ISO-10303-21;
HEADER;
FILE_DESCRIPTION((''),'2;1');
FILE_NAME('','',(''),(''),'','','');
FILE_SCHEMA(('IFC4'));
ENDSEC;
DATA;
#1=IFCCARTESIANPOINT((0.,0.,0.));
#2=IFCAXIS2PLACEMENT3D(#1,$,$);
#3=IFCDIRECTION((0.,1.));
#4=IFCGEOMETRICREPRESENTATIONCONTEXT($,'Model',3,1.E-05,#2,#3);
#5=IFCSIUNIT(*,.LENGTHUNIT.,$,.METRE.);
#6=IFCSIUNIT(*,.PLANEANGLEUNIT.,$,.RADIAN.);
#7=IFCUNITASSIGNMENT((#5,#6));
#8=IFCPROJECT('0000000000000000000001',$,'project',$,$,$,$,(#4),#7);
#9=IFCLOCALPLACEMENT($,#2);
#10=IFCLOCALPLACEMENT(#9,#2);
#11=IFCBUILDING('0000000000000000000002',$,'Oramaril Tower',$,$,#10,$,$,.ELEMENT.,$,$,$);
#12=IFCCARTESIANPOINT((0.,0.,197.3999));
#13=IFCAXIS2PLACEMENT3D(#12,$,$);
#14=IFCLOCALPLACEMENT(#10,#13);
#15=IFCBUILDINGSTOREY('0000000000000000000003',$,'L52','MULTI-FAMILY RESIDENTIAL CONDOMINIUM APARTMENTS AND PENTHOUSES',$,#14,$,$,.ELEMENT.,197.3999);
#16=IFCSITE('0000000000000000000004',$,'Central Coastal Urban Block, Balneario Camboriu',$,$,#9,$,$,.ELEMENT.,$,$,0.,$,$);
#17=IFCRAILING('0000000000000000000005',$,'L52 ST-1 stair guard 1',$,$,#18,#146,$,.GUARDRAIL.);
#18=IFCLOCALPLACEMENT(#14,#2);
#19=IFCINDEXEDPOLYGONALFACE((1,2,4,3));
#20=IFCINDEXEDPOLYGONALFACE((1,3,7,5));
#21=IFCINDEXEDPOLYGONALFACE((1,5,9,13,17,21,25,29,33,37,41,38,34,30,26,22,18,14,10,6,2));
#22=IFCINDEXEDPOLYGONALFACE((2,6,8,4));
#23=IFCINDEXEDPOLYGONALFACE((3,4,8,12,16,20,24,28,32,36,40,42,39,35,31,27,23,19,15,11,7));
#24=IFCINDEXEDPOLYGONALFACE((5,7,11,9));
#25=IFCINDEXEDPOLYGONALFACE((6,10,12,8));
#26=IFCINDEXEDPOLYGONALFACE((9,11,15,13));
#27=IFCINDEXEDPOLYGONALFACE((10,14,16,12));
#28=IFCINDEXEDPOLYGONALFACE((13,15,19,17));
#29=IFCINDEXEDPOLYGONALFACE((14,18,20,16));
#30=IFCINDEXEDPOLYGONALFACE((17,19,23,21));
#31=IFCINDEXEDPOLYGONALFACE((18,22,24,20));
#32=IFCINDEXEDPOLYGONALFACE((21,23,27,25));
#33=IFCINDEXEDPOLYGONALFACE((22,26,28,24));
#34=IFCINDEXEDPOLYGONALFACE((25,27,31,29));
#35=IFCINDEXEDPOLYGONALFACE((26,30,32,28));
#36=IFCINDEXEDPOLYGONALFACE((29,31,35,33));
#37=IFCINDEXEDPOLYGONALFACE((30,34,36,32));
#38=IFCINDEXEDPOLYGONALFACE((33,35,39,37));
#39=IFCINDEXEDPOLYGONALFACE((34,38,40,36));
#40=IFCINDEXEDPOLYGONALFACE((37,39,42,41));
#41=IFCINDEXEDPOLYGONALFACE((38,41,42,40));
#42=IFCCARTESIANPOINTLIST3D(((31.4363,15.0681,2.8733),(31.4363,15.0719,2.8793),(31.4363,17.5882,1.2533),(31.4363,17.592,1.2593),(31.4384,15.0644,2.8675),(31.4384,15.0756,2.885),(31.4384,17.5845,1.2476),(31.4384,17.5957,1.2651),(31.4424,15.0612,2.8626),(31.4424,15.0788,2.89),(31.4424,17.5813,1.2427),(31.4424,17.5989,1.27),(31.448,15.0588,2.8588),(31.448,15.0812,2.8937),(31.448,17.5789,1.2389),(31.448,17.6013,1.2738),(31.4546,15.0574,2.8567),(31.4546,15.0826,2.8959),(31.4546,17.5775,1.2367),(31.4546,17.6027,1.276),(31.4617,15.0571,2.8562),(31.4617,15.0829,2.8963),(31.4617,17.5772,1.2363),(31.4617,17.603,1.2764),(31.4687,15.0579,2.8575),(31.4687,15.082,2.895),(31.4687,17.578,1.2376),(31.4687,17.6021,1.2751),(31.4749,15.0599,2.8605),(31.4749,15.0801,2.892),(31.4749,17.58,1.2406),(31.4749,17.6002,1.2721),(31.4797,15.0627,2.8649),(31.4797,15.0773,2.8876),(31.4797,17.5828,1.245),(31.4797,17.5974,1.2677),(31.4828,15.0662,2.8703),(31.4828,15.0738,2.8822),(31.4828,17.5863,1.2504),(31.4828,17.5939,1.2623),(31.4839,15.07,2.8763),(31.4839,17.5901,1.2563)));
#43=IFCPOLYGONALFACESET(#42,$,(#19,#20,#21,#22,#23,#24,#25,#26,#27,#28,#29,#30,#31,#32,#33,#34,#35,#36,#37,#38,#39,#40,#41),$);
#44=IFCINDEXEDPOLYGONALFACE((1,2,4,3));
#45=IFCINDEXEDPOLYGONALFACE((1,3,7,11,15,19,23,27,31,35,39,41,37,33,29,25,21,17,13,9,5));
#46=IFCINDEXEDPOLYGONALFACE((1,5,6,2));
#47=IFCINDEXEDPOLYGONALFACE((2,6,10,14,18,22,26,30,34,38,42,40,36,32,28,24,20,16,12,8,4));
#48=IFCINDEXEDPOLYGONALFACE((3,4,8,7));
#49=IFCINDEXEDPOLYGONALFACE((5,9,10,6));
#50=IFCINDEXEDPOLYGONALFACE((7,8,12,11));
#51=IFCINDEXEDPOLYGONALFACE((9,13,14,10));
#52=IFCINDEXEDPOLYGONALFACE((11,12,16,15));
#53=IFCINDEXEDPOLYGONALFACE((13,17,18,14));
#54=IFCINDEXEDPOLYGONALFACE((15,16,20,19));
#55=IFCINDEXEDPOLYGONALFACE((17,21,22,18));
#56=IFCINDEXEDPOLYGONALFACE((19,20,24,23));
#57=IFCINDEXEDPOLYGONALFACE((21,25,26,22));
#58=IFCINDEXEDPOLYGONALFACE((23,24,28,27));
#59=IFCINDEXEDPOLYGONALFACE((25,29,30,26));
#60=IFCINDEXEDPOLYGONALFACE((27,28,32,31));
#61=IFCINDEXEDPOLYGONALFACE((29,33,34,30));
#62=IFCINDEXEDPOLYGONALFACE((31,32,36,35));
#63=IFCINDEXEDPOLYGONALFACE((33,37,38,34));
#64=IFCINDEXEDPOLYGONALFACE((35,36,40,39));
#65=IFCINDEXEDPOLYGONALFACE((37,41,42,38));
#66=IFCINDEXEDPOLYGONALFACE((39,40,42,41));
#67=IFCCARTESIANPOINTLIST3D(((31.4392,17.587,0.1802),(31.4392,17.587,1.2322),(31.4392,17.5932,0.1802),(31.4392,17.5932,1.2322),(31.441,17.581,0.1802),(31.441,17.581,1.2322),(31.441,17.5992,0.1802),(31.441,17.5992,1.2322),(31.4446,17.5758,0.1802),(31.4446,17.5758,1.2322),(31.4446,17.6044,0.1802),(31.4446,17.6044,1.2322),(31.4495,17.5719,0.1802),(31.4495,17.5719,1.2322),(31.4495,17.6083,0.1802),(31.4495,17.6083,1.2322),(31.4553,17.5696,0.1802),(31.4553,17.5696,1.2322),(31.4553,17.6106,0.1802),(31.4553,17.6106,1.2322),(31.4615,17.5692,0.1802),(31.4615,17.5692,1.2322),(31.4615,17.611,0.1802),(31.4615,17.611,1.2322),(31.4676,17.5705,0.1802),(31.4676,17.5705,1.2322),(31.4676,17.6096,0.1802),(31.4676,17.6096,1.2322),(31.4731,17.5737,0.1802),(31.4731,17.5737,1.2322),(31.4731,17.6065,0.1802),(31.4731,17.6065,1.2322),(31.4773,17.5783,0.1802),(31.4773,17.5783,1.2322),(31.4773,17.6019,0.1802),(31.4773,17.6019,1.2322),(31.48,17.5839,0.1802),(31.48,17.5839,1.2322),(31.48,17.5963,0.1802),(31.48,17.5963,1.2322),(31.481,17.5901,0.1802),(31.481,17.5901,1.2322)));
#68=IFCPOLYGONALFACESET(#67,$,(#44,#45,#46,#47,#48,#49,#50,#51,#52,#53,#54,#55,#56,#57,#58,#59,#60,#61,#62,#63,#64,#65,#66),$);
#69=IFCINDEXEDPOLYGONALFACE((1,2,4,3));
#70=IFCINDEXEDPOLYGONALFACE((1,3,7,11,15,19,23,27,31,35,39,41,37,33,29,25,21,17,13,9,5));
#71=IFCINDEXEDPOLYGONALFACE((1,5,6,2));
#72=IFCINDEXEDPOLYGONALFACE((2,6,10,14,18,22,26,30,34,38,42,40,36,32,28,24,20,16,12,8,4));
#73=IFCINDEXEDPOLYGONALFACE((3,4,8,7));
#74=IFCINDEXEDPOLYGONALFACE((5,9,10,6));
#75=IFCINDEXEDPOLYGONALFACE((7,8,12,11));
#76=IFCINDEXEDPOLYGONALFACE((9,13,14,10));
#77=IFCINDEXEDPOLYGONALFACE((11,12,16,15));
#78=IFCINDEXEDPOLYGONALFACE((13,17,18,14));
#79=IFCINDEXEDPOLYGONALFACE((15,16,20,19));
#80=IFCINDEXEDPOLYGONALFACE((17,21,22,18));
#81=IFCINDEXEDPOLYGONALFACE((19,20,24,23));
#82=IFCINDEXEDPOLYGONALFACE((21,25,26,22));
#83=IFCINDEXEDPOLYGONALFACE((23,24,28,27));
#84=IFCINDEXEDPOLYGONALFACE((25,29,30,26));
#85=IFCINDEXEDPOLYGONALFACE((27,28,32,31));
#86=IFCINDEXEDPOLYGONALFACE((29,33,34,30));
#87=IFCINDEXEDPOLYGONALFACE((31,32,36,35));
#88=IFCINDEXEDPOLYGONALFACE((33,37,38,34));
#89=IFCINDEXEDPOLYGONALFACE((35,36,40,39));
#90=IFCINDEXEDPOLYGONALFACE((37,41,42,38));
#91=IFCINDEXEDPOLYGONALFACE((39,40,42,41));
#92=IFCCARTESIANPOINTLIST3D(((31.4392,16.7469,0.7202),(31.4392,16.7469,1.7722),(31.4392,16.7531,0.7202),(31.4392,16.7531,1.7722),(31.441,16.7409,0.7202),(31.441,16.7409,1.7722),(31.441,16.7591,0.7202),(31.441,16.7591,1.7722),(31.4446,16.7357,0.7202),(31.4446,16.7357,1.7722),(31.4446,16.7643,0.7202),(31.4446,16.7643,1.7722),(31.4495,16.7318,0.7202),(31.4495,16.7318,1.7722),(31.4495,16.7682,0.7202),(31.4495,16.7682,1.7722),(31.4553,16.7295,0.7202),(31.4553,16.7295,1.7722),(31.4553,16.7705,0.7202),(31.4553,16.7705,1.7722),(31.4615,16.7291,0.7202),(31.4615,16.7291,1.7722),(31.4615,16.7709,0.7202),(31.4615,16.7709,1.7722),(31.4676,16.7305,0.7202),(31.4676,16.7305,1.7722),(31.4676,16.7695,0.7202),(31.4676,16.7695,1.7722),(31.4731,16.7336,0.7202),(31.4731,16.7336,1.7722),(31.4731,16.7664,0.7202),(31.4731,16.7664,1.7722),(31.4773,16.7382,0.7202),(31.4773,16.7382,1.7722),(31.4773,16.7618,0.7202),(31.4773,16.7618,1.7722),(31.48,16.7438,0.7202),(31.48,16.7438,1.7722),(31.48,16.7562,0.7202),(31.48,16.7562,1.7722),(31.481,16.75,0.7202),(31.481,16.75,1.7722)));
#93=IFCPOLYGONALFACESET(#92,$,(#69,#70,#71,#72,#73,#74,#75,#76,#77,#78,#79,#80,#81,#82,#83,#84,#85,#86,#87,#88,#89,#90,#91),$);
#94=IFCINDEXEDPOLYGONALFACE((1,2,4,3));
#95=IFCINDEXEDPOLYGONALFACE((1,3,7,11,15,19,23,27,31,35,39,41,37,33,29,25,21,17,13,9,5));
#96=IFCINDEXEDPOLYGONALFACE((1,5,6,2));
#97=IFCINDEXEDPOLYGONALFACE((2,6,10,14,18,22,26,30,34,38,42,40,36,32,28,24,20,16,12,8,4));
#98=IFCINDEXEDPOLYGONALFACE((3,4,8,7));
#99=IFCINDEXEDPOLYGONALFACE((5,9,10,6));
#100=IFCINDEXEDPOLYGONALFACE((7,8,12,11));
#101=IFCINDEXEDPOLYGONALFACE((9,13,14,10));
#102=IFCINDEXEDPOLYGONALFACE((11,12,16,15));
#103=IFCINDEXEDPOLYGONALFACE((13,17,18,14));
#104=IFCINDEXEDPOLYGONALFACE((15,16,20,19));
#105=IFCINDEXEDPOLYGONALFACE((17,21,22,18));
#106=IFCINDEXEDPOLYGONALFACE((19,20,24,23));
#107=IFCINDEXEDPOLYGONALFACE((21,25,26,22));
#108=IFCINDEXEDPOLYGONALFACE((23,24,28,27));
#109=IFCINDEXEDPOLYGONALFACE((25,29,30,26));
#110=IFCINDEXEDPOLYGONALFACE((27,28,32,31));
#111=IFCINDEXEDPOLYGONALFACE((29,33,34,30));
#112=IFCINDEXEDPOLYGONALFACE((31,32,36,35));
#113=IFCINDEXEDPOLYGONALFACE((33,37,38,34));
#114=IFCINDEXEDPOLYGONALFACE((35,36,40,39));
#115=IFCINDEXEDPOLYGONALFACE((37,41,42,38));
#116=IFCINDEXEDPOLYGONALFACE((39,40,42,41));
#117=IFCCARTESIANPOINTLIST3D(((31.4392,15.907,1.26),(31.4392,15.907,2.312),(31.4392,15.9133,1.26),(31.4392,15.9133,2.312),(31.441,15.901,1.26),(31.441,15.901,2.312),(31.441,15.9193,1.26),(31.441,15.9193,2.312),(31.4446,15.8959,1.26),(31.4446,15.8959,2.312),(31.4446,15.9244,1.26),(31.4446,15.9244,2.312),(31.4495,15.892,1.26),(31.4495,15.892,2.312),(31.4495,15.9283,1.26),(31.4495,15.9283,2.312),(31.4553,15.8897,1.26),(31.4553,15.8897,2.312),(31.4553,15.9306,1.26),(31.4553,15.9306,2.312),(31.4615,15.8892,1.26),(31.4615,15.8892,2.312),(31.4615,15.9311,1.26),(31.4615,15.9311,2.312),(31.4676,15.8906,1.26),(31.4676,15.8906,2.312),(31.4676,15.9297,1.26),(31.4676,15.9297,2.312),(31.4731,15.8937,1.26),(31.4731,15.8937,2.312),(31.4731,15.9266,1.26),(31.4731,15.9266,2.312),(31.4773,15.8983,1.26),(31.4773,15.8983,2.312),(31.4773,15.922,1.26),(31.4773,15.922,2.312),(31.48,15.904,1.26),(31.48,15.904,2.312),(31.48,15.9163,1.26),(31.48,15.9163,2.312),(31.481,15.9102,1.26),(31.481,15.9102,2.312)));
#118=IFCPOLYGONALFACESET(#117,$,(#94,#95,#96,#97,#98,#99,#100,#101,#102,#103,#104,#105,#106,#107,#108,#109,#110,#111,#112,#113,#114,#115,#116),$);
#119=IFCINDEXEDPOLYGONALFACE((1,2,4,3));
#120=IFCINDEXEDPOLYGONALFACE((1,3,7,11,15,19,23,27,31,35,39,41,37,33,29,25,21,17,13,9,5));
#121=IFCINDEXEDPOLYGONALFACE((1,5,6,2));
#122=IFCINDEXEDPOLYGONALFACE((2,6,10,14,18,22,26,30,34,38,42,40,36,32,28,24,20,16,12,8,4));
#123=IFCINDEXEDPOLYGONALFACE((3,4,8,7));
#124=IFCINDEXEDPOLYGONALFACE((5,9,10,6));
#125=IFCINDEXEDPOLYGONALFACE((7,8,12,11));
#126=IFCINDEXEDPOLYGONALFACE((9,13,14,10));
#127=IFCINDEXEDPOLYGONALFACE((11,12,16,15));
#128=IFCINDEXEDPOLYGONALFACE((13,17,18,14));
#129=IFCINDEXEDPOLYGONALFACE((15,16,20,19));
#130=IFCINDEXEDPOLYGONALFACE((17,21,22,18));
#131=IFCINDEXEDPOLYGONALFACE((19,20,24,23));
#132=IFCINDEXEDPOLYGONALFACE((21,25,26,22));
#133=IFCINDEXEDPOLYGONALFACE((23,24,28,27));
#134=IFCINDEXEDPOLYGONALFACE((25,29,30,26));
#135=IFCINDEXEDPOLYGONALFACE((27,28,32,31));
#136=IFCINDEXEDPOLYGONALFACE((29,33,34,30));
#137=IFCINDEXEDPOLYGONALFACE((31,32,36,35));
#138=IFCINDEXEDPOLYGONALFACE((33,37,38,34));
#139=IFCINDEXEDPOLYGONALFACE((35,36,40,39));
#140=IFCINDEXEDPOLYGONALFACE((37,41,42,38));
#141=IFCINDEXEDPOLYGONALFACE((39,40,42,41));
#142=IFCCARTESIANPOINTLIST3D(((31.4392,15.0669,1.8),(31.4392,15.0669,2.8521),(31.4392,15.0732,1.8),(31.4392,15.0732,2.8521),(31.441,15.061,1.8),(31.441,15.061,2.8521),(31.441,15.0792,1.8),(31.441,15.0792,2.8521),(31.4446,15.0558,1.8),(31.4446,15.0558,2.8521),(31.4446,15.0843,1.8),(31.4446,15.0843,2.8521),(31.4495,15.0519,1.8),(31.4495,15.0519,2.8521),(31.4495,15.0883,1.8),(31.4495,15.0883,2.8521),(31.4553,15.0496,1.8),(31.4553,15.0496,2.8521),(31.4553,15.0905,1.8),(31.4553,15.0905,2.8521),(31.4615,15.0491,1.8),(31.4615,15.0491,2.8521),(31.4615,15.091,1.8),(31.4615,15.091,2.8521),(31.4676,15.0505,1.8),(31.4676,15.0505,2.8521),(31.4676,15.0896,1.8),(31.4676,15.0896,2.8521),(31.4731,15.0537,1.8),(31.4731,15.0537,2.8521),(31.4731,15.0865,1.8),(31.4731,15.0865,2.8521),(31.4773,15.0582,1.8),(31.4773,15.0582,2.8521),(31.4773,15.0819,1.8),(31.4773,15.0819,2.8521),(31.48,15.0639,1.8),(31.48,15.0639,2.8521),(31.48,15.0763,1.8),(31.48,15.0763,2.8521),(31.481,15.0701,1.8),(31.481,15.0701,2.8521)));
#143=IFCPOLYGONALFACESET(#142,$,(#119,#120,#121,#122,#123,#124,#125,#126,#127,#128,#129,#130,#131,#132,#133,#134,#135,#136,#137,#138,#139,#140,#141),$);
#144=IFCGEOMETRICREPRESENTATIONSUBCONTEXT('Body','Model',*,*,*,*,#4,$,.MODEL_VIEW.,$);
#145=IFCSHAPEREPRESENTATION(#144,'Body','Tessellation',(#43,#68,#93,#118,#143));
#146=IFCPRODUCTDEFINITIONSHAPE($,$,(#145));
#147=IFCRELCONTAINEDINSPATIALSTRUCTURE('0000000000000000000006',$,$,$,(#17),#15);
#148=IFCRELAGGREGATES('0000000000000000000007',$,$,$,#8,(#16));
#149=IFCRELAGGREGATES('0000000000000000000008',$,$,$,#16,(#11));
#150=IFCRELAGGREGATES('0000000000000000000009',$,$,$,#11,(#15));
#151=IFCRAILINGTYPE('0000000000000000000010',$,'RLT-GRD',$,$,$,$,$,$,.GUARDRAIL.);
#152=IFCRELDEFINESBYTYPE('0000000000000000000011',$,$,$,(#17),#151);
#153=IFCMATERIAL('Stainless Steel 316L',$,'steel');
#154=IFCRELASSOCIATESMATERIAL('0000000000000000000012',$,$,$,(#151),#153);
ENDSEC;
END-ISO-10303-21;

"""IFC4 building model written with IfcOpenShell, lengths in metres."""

from ifc_helpers import new_model, si_unit, direction, frame, origin, origin_2d, place, context, subcontext, project, spatial, circle, extrude, material, type_object, element, save


model = new_model("IFC4")

# Units and contexts
model_context = context("Model", 3, precision=1e-05, world=origin(), true_north=direction((0.0, 1.0)))
body_context = subcontext(model_context, "Body", "Model", "MODEL_VIEW")
ifc_project = project(units=[si_unit("LENGTHUNIT", "METRE"), si_unit("PLANEANGLEUNIT", "RADIAN")], contexts=[model_context])

# Site, building, storey
site_placement = place(None, origin())
site = spatial("IfcSite", under=ifc_project, at=site_placement, Name="Central Coastal Urban Block, Balneario Camboriu", CompositionType="ELEMENT", RefElevation=0.0)
building_placement = place(site_placement, origin())
building = spatial("IfcBuilding", under=site, at=building_placement, Name="Oramaril Tower", CompositionType="ELEMENT")
storey_placement = place(building_placement, frame((0.0, 0.0, 197.3999)))
storey = spatial("IfcBuildingStorey", under=building, at=storey_placement, Name="L52", Description="MULTI-FAMILY RESIDENTIAL CONDOMINIUM APARTMENTS AND PENTHOUSES", CompositionType="ELEMENT", Elevation=197.3999)

# Railing
ifc_material_1 = material(Name="Stainless Steel 316L", Category="steel")
railing_type_1 = type_object("IfcRailingType", Name="RLT-GRD", PredefinedType="GUARDRAIL", material=ifc_material_1)
railing_1_placement = place(storey_placement, frame((31.46, 17.5901, 0.1802)))
element("IfcRailing", 1, at=railing_1_placement, inside=storey, type_object=railing_type_1, Name="L52 ST-1 stair guard 1", PredefinedType="GUARDRAIL", context=body_context, shape_type="SweptSolid", body=[
    extrude(circle(Radius=0.0239, at=origin_2d()), frame((0.0, 0.0, 1.0762), z_axis=(0.0, -0.8412, 0.540725), x_axis=(1.0, 0.0, 0.0)), (0.0, 0.0, 1.0), 2.9958),
    extrude(circle(Radius=0.021, at=origin_2d()), origin(), (0.0, 0.0, 1.0), 1.052),
    extrude(circle(Radius=0.021, at=origin_2d()), frame((0.0, -0.8401, 0.54)), (0.0, 0.0, 1.0), 1.052),
    extrude(circle(Radius=0.021, at=origin_2d()), frame((0.0, -1.6799, 1.0798)), (0.0, 0.0, 1.0), 1.052),
    extrude(circle(Radius=0.021, at=origin_2d()), frame((0.0, -2.52, 1.6199)), (0.0, 0.0, 1.0), 1.052),
])

save(model, "model.ifc")
